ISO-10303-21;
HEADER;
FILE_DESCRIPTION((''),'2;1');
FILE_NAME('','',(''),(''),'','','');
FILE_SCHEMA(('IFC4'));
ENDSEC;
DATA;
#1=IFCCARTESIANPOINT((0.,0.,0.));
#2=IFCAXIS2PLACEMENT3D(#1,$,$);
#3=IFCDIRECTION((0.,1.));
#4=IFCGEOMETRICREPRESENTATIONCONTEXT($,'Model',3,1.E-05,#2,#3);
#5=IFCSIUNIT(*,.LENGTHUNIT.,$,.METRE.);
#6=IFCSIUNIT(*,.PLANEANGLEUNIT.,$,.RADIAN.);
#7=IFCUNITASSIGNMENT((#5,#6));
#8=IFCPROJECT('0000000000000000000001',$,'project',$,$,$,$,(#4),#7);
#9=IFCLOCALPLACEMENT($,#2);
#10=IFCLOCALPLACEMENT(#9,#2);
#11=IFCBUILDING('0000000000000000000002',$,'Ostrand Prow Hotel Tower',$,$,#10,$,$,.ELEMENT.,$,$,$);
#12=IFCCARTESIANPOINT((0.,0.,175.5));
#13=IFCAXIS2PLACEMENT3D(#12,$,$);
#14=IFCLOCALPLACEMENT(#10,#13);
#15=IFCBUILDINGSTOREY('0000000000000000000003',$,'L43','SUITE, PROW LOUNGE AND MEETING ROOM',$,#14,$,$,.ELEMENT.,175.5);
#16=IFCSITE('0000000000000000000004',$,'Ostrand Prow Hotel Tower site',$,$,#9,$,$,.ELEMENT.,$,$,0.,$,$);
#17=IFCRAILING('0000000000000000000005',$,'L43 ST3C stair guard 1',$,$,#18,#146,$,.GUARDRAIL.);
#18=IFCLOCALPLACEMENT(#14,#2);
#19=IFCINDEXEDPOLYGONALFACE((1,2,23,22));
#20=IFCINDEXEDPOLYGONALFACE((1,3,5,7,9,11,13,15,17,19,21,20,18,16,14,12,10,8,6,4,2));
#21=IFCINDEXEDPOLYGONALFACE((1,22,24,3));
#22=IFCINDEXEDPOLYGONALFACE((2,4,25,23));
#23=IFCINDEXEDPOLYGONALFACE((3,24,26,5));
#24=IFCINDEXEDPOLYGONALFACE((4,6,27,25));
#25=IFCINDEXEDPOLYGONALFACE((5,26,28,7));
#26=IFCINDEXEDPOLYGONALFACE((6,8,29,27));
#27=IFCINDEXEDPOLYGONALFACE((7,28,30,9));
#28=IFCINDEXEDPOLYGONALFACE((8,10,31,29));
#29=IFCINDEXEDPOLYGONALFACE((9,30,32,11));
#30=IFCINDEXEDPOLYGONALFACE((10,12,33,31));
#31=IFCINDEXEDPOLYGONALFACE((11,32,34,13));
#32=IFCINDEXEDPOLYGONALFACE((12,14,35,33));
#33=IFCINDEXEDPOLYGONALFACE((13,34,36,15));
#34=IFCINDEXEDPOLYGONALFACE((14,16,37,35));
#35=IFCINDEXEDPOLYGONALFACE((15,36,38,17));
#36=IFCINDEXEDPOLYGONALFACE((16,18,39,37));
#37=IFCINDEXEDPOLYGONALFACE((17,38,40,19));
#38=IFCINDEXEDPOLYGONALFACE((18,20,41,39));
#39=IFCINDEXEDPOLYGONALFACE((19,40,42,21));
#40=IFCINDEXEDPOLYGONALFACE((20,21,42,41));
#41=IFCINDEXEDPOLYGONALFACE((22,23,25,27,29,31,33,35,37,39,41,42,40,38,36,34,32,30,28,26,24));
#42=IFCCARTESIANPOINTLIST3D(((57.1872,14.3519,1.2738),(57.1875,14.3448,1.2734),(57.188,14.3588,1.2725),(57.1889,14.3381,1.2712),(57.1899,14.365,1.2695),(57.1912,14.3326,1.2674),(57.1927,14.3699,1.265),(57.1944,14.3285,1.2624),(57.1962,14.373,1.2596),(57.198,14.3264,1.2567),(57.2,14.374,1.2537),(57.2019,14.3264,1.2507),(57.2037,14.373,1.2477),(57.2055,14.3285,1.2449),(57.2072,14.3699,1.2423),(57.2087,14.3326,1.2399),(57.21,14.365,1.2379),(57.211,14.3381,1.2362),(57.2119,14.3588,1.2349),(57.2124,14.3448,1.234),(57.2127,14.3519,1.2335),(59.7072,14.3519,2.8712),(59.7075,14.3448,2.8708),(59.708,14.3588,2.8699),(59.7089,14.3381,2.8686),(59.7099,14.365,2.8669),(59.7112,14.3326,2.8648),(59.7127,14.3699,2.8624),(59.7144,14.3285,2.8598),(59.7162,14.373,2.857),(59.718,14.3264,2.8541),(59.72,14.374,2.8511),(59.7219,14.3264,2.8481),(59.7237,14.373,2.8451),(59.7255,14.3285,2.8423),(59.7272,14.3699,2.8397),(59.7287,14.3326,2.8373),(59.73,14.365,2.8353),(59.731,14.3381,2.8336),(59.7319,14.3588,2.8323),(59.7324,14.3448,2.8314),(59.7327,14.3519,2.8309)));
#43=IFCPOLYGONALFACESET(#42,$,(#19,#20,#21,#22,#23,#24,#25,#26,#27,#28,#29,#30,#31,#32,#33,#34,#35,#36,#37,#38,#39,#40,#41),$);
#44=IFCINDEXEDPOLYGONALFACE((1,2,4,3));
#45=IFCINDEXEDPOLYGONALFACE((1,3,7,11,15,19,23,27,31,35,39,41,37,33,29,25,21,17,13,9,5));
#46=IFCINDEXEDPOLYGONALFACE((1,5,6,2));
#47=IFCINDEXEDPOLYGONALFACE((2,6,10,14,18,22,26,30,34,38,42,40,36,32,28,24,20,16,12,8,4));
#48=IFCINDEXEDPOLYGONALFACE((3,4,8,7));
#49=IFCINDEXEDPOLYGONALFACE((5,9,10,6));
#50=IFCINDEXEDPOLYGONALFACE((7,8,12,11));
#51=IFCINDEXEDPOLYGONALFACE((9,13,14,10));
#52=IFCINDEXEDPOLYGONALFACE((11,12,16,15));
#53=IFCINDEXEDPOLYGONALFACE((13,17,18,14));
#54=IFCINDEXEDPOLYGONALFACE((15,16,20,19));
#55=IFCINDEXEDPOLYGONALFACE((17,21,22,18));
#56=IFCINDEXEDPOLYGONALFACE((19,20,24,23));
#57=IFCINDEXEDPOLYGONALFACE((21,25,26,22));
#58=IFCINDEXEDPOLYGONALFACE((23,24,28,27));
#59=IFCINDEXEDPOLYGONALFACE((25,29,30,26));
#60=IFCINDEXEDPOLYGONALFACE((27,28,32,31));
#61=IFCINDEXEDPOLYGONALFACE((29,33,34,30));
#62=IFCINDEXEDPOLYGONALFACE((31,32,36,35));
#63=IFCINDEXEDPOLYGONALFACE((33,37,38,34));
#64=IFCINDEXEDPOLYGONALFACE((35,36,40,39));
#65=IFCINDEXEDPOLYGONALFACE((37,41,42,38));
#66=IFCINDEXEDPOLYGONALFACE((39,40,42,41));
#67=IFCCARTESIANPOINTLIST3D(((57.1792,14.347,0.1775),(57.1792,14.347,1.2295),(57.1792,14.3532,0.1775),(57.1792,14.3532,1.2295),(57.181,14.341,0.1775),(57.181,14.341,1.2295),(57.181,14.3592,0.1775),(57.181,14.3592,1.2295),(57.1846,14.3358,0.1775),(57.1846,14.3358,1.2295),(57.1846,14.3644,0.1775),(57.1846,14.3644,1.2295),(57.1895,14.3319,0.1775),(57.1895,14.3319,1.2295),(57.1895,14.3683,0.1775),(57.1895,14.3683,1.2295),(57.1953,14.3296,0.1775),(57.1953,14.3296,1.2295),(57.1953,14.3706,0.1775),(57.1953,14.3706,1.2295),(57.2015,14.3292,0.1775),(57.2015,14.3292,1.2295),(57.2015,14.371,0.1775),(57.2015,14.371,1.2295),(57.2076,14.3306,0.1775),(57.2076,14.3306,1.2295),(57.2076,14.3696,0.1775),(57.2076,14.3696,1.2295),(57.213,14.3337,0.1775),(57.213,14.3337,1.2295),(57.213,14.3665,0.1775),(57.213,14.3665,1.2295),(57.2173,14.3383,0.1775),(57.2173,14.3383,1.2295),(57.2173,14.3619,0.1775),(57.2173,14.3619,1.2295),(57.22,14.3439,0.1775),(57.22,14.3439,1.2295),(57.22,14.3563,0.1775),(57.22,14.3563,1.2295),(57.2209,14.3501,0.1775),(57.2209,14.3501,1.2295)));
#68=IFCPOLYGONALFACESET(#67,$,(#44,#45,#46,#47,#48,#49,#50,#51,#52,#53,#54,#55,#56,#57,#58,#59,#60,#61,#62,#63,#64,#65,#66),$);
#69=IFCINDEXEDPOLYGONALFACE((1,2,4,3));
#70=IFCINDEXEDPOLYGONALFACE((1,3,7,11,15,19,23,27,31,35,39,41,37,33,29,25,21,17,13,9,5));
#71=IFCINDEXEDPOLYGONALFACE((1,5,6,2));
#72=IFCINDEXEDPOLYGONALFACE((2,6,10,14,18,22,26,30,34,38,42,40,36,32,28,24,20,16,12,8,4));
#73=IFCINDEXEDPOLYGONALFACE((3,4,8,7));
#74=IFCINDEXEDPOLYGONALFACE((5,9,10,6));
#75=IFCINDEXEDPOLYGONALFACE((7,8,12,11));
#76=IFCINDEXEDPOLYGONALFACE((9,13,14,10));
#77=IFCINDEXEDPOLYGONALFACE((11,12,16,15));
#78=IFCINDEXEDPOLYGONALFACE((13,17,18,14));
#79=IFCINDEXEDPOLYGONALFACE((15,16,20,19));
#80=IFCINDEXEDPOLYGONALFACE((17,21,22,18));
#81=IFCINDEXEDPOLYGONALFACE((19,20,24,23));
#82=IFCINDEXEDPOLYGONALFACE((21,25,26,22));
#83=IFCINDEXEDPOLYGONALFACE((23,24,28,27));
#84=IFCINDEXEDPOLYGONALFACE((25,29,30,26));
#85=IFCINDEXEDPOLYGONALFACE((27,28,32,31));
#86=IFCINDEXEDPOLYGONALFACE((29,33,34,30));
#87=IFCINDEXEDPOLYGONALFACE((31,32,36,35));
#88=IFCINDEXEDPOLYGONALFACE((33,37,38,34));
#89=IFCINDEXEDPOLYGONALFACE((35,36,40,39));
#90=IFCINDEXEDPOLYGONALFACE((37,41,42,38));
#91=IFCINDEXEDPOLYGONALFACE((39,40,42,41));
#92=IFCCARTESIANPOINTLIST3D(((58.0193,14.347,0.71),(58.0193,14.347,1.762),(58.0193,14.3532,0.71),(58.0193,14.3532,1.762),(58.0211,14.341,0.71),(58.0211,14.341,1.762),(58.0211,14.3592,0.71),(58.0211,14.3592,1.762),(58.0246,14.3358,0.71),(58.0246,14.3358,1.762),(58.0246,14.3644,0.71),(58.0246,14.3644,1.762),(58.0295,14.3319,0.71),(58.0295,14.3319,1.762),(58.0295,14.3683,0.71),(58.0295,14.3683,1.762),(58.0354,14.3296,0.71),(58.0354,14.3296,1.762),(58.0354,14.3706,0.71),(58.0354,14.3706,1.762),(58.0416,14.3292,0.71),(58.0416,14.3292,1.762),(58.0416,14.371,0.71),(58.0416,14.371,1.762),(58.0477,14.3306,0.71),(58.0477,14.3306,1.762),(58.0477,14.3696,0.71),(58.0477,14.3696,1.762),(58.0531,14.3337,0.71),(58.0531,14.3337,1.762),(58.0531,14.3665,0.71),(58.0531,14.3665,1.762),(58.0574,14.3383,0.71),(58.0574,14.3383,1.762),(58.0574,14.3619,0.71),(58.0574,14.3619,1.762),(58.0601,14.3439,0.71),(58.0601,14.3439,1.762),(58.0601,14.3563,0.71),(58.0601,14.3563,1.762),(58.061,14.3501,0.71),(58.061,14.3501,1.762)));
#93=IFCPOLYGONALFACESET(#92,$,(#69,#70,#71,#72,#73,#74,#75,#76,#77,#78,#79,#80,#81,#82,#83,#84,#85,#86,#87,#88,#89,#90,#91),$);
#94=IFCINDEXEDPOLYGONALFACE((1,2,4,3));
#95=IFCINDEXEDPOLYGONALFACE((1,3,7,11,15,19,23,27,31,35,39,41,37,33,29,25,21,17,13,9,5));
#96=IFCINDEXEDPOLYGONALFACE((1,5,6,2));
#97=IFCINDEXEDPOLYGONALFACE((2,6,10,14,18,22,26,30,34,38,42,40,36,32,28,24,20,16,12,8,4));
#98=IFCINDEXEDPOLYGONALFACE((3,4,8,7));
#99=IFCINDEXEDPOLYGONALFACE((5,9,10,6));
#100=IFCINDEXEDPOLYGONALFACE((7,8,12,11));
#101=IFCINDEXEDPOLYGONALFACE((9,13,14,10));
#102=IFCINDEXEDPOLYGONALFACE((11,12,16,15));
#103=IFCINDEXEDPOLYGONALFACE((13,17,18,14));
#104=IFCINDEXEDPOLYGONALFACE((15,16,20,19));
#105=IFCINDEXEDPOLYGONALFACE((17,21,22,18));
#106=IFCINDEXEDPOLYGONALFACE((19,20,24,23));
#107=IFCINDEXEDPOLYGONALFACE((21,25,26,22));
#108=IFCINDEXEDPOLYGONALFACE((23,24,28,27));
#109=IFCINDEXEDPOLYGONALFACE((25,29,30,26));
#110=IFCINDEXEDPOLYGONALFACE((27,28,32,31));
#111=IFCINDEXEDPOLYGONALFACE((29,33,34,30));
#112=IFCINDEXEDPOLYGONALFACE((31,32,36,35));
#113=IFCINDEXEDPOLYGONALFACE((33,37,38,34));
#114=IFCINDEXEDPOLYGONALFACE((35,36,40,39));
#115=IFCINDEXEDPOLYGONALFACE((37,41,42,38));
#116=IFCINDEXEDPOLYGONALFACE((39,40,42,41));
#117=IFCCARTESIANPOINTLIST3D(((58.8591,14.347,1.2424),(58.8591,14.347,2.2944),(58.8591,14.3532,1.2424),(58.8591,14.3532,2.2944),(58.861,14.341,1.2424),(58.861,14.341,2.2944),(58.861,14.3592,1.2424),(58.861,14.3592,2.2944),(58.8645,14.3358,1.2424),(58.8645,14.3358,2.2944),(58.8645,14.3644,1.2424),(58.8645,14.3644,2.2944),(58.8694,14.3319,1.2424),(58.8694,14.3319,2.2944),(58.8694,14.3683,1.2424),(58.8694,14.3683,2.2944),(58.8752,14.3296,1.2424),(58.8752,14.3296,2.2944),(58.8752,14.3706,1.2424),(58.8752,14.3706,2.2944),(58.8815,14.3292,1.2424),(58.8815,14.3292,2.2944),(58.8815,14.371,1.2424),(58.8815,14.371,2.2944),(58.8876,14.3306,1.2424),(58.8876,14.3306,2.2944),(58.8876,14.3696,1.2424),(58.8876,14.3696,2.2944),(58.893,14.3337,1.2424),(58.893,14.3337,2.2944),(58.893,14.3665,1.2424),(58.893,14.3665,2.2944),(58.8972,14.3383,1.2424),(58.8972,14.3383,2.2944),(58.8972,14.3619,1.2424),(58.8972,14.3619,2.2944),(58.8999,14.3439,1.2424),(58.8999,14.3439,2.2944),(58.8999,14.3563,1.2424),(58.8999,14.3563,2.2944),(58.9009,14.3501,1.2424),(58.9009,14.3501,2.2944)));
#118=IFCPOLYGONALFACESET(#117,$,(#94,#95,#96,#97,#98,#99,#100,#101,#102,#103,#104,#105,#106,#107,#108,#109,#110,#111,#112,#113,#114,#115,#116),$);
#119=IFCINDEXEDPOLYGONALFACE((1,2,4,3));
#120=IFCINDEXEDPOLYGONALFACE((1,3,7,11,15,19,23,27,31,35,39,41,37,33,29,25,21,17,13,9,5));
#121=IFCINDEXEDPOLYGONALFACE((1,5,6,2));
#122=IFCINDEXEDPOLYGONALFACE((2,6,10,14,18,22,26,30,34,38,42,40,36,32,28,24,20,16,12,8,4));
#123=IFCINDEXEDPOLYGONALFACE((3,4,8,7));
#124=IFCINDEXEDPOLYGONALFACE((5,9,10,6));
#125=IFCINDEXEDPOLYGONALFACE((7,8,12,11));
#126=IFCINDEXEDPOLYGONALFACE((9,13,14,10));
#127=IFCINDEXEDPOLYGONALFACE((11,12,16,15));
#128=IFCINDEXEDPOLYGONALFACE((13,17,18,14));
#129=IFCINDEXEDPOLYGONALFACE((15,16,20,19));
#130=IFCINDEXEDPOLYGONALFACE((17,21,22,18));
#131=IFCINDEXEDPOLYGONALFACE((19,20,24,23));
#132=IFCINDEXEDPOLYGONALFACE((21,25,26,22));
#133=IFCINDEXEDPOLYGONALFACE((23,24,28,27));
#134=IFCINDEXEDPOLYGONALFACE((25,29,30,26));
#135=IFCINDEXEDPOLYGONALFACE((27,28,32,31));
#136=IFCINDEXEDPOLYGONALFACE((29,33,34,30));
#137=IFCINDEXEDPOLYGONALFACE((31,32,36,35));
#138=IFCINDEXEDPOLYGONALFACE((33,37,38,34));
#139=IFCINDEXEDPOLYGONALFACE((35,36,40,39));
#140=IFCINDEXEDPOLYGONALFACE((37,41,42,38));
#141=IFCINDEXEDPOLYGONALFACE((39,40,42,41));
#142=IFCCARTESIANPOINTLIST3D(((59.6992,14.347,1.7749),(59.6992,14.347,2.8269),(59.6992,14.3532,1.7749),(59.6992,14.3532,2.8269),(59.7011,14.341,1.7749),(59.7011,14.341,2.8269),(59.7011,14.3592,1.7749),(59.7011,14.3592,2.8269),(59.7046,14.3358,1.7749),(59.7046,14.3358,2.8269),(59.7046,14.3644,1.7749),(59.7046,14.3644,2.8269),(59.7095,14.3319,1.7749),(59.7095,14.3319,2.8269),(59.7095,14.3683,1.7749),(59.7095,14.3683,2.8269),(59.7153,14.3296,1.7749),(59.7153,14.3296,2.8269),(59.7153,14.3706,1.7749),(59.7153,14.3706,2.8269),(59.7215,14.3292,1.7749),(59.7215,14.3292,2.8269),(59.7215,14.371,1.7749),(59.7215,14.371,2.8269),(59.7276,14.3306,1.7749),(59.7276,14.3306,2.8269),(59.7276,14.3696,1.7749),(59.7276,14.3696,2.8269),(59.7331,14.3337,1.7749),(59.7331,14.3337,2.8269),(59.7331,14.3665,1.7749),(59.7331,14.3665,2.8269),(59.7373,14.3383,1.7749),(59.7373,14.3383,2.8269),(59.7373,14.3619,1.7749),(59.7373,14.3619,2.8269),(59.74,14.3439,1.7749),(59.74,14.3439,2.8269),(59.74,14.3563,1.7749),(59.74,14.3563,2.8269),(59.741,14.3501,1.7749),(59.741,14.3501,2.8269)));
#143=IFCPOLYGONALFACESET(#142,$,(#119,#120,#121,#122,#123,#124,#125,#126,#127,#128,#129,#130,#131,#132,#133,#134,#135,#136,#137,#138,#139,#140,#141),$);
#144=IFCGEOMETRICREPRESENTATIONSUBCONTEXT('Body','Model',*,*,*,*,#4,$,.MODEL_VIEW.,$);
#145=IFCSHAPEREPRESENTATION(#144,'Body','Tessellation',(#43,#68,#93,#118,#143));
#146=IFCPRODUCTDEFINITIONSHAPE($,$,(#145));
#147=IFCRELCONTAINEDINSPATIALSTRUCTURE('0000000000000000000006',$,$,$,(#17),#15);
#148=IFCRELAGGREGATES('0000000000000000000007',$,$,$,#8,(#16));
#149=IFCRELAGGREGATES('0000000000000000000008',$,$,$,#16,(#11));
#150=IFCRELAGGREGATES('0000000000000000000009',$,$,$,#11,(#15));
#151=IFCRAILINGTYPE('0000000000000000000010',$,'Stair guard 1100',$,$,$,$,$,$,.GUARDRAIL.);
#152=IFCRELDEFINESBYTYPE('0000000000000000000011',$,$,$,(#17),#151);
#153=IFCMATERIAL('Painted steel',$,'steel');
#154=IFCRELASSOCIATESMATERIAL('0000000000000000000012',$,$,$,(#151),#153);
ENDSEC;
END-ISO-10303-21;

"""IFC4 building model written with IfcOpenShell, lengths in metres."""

from ifc_helpers import new_model, si_unit, direction, frame, origin, origin_2d, place, context, subcontext, project, spatial, circle, extrude, material, type_object, element, save


model = new_model("IFC4")

# Units and contexts
model_context = context("Model", 3, precision=1e-05, world=origin(), true_north=direction((0.0, 1.0)))
body_context = subcontext(model_context, "Body", "Model", "MODEL_VIEW")
ifc_project = project(units=[si_unit("LENGTHUNIT", "METRE"), si_unit("PLANEANGLEUNIT", "RADIAN")], contexts=[model_context])

# Site, building, storey
site_placement = place(None, origin())
site = spatial("IfcSite", under=ifc_project, at=site_placement, Name="Ostrand Prow Hotel Tower site", CompositionType="ELEMENT", RefElevation=0.0)
building_placement = place(site_placement, origin())
building = spatial("IfcBuilding", under=site, at=building_placement, Name="Ostrand Prow Hotel Tower", CompositionType="ELEMENT")
storey_placement = place(building_placement, frame((0.0, 0.0, 175.5)))
storey = spatial("IfcBuildingStorey", under=building, at=storey_placement, Name="L43", Description="SUITE, PROW LOUNGE AND MEETING ROOM", CompositionType="ELEMENT", Elevation=175.5)

# Railing
ifc_material_1 = material(Name="Painted steel", Category="steel")
railing_type_1 = type_object("IfcRailingType", Name="Stair guard 1100", PredefinedType="GUARDRAIL", material=ifc_material_1)
railing_1_placement = place(storey_placement, frame((57.2, 14.3501, 0.1775)))
element("IfcRailing", 1, at=railing_1_placement, inside=storey, type_object=railing_type_1, Name="L43 ST3C stair guard 1", PredefinedType="GUARDRAIL", context=body_context, shape_type="SweptSolid", body=[
    extrude(circle(Radius=0.0239, at=origin_2d()), frame((0.0, 0.0, 1.0762), z_axis=(0.844607, 0.0, 0.535387), x_axis=(0.0, 1.0, 0.0)), (0.0, 0.0, 1.0), 2.9836),
    extrude(circle(Radius=0.021, at=origin_2d()), origin(), (0.0, 0.0, 1.0), 1.052),
    extrude(circle(Radius=0.021, at=origin_2d()), frame((0.8401, 0.0, 0.5325)), (0.0, 0.0, 1.0), 1.052),
    extrude(circle(Radius=0.021, at=origin_2d()), frame((1.6799, 0.0, 1.0649)), (0.0, 0.0, 1.0), 1.052),
    extrude(circle(Radius=0.021, at=origin_2d()), frame((2.52, 0.0, 1.5974)), (0.0, 0.0, 1.0), 1.052),
])

save(model, "model.ifc")
